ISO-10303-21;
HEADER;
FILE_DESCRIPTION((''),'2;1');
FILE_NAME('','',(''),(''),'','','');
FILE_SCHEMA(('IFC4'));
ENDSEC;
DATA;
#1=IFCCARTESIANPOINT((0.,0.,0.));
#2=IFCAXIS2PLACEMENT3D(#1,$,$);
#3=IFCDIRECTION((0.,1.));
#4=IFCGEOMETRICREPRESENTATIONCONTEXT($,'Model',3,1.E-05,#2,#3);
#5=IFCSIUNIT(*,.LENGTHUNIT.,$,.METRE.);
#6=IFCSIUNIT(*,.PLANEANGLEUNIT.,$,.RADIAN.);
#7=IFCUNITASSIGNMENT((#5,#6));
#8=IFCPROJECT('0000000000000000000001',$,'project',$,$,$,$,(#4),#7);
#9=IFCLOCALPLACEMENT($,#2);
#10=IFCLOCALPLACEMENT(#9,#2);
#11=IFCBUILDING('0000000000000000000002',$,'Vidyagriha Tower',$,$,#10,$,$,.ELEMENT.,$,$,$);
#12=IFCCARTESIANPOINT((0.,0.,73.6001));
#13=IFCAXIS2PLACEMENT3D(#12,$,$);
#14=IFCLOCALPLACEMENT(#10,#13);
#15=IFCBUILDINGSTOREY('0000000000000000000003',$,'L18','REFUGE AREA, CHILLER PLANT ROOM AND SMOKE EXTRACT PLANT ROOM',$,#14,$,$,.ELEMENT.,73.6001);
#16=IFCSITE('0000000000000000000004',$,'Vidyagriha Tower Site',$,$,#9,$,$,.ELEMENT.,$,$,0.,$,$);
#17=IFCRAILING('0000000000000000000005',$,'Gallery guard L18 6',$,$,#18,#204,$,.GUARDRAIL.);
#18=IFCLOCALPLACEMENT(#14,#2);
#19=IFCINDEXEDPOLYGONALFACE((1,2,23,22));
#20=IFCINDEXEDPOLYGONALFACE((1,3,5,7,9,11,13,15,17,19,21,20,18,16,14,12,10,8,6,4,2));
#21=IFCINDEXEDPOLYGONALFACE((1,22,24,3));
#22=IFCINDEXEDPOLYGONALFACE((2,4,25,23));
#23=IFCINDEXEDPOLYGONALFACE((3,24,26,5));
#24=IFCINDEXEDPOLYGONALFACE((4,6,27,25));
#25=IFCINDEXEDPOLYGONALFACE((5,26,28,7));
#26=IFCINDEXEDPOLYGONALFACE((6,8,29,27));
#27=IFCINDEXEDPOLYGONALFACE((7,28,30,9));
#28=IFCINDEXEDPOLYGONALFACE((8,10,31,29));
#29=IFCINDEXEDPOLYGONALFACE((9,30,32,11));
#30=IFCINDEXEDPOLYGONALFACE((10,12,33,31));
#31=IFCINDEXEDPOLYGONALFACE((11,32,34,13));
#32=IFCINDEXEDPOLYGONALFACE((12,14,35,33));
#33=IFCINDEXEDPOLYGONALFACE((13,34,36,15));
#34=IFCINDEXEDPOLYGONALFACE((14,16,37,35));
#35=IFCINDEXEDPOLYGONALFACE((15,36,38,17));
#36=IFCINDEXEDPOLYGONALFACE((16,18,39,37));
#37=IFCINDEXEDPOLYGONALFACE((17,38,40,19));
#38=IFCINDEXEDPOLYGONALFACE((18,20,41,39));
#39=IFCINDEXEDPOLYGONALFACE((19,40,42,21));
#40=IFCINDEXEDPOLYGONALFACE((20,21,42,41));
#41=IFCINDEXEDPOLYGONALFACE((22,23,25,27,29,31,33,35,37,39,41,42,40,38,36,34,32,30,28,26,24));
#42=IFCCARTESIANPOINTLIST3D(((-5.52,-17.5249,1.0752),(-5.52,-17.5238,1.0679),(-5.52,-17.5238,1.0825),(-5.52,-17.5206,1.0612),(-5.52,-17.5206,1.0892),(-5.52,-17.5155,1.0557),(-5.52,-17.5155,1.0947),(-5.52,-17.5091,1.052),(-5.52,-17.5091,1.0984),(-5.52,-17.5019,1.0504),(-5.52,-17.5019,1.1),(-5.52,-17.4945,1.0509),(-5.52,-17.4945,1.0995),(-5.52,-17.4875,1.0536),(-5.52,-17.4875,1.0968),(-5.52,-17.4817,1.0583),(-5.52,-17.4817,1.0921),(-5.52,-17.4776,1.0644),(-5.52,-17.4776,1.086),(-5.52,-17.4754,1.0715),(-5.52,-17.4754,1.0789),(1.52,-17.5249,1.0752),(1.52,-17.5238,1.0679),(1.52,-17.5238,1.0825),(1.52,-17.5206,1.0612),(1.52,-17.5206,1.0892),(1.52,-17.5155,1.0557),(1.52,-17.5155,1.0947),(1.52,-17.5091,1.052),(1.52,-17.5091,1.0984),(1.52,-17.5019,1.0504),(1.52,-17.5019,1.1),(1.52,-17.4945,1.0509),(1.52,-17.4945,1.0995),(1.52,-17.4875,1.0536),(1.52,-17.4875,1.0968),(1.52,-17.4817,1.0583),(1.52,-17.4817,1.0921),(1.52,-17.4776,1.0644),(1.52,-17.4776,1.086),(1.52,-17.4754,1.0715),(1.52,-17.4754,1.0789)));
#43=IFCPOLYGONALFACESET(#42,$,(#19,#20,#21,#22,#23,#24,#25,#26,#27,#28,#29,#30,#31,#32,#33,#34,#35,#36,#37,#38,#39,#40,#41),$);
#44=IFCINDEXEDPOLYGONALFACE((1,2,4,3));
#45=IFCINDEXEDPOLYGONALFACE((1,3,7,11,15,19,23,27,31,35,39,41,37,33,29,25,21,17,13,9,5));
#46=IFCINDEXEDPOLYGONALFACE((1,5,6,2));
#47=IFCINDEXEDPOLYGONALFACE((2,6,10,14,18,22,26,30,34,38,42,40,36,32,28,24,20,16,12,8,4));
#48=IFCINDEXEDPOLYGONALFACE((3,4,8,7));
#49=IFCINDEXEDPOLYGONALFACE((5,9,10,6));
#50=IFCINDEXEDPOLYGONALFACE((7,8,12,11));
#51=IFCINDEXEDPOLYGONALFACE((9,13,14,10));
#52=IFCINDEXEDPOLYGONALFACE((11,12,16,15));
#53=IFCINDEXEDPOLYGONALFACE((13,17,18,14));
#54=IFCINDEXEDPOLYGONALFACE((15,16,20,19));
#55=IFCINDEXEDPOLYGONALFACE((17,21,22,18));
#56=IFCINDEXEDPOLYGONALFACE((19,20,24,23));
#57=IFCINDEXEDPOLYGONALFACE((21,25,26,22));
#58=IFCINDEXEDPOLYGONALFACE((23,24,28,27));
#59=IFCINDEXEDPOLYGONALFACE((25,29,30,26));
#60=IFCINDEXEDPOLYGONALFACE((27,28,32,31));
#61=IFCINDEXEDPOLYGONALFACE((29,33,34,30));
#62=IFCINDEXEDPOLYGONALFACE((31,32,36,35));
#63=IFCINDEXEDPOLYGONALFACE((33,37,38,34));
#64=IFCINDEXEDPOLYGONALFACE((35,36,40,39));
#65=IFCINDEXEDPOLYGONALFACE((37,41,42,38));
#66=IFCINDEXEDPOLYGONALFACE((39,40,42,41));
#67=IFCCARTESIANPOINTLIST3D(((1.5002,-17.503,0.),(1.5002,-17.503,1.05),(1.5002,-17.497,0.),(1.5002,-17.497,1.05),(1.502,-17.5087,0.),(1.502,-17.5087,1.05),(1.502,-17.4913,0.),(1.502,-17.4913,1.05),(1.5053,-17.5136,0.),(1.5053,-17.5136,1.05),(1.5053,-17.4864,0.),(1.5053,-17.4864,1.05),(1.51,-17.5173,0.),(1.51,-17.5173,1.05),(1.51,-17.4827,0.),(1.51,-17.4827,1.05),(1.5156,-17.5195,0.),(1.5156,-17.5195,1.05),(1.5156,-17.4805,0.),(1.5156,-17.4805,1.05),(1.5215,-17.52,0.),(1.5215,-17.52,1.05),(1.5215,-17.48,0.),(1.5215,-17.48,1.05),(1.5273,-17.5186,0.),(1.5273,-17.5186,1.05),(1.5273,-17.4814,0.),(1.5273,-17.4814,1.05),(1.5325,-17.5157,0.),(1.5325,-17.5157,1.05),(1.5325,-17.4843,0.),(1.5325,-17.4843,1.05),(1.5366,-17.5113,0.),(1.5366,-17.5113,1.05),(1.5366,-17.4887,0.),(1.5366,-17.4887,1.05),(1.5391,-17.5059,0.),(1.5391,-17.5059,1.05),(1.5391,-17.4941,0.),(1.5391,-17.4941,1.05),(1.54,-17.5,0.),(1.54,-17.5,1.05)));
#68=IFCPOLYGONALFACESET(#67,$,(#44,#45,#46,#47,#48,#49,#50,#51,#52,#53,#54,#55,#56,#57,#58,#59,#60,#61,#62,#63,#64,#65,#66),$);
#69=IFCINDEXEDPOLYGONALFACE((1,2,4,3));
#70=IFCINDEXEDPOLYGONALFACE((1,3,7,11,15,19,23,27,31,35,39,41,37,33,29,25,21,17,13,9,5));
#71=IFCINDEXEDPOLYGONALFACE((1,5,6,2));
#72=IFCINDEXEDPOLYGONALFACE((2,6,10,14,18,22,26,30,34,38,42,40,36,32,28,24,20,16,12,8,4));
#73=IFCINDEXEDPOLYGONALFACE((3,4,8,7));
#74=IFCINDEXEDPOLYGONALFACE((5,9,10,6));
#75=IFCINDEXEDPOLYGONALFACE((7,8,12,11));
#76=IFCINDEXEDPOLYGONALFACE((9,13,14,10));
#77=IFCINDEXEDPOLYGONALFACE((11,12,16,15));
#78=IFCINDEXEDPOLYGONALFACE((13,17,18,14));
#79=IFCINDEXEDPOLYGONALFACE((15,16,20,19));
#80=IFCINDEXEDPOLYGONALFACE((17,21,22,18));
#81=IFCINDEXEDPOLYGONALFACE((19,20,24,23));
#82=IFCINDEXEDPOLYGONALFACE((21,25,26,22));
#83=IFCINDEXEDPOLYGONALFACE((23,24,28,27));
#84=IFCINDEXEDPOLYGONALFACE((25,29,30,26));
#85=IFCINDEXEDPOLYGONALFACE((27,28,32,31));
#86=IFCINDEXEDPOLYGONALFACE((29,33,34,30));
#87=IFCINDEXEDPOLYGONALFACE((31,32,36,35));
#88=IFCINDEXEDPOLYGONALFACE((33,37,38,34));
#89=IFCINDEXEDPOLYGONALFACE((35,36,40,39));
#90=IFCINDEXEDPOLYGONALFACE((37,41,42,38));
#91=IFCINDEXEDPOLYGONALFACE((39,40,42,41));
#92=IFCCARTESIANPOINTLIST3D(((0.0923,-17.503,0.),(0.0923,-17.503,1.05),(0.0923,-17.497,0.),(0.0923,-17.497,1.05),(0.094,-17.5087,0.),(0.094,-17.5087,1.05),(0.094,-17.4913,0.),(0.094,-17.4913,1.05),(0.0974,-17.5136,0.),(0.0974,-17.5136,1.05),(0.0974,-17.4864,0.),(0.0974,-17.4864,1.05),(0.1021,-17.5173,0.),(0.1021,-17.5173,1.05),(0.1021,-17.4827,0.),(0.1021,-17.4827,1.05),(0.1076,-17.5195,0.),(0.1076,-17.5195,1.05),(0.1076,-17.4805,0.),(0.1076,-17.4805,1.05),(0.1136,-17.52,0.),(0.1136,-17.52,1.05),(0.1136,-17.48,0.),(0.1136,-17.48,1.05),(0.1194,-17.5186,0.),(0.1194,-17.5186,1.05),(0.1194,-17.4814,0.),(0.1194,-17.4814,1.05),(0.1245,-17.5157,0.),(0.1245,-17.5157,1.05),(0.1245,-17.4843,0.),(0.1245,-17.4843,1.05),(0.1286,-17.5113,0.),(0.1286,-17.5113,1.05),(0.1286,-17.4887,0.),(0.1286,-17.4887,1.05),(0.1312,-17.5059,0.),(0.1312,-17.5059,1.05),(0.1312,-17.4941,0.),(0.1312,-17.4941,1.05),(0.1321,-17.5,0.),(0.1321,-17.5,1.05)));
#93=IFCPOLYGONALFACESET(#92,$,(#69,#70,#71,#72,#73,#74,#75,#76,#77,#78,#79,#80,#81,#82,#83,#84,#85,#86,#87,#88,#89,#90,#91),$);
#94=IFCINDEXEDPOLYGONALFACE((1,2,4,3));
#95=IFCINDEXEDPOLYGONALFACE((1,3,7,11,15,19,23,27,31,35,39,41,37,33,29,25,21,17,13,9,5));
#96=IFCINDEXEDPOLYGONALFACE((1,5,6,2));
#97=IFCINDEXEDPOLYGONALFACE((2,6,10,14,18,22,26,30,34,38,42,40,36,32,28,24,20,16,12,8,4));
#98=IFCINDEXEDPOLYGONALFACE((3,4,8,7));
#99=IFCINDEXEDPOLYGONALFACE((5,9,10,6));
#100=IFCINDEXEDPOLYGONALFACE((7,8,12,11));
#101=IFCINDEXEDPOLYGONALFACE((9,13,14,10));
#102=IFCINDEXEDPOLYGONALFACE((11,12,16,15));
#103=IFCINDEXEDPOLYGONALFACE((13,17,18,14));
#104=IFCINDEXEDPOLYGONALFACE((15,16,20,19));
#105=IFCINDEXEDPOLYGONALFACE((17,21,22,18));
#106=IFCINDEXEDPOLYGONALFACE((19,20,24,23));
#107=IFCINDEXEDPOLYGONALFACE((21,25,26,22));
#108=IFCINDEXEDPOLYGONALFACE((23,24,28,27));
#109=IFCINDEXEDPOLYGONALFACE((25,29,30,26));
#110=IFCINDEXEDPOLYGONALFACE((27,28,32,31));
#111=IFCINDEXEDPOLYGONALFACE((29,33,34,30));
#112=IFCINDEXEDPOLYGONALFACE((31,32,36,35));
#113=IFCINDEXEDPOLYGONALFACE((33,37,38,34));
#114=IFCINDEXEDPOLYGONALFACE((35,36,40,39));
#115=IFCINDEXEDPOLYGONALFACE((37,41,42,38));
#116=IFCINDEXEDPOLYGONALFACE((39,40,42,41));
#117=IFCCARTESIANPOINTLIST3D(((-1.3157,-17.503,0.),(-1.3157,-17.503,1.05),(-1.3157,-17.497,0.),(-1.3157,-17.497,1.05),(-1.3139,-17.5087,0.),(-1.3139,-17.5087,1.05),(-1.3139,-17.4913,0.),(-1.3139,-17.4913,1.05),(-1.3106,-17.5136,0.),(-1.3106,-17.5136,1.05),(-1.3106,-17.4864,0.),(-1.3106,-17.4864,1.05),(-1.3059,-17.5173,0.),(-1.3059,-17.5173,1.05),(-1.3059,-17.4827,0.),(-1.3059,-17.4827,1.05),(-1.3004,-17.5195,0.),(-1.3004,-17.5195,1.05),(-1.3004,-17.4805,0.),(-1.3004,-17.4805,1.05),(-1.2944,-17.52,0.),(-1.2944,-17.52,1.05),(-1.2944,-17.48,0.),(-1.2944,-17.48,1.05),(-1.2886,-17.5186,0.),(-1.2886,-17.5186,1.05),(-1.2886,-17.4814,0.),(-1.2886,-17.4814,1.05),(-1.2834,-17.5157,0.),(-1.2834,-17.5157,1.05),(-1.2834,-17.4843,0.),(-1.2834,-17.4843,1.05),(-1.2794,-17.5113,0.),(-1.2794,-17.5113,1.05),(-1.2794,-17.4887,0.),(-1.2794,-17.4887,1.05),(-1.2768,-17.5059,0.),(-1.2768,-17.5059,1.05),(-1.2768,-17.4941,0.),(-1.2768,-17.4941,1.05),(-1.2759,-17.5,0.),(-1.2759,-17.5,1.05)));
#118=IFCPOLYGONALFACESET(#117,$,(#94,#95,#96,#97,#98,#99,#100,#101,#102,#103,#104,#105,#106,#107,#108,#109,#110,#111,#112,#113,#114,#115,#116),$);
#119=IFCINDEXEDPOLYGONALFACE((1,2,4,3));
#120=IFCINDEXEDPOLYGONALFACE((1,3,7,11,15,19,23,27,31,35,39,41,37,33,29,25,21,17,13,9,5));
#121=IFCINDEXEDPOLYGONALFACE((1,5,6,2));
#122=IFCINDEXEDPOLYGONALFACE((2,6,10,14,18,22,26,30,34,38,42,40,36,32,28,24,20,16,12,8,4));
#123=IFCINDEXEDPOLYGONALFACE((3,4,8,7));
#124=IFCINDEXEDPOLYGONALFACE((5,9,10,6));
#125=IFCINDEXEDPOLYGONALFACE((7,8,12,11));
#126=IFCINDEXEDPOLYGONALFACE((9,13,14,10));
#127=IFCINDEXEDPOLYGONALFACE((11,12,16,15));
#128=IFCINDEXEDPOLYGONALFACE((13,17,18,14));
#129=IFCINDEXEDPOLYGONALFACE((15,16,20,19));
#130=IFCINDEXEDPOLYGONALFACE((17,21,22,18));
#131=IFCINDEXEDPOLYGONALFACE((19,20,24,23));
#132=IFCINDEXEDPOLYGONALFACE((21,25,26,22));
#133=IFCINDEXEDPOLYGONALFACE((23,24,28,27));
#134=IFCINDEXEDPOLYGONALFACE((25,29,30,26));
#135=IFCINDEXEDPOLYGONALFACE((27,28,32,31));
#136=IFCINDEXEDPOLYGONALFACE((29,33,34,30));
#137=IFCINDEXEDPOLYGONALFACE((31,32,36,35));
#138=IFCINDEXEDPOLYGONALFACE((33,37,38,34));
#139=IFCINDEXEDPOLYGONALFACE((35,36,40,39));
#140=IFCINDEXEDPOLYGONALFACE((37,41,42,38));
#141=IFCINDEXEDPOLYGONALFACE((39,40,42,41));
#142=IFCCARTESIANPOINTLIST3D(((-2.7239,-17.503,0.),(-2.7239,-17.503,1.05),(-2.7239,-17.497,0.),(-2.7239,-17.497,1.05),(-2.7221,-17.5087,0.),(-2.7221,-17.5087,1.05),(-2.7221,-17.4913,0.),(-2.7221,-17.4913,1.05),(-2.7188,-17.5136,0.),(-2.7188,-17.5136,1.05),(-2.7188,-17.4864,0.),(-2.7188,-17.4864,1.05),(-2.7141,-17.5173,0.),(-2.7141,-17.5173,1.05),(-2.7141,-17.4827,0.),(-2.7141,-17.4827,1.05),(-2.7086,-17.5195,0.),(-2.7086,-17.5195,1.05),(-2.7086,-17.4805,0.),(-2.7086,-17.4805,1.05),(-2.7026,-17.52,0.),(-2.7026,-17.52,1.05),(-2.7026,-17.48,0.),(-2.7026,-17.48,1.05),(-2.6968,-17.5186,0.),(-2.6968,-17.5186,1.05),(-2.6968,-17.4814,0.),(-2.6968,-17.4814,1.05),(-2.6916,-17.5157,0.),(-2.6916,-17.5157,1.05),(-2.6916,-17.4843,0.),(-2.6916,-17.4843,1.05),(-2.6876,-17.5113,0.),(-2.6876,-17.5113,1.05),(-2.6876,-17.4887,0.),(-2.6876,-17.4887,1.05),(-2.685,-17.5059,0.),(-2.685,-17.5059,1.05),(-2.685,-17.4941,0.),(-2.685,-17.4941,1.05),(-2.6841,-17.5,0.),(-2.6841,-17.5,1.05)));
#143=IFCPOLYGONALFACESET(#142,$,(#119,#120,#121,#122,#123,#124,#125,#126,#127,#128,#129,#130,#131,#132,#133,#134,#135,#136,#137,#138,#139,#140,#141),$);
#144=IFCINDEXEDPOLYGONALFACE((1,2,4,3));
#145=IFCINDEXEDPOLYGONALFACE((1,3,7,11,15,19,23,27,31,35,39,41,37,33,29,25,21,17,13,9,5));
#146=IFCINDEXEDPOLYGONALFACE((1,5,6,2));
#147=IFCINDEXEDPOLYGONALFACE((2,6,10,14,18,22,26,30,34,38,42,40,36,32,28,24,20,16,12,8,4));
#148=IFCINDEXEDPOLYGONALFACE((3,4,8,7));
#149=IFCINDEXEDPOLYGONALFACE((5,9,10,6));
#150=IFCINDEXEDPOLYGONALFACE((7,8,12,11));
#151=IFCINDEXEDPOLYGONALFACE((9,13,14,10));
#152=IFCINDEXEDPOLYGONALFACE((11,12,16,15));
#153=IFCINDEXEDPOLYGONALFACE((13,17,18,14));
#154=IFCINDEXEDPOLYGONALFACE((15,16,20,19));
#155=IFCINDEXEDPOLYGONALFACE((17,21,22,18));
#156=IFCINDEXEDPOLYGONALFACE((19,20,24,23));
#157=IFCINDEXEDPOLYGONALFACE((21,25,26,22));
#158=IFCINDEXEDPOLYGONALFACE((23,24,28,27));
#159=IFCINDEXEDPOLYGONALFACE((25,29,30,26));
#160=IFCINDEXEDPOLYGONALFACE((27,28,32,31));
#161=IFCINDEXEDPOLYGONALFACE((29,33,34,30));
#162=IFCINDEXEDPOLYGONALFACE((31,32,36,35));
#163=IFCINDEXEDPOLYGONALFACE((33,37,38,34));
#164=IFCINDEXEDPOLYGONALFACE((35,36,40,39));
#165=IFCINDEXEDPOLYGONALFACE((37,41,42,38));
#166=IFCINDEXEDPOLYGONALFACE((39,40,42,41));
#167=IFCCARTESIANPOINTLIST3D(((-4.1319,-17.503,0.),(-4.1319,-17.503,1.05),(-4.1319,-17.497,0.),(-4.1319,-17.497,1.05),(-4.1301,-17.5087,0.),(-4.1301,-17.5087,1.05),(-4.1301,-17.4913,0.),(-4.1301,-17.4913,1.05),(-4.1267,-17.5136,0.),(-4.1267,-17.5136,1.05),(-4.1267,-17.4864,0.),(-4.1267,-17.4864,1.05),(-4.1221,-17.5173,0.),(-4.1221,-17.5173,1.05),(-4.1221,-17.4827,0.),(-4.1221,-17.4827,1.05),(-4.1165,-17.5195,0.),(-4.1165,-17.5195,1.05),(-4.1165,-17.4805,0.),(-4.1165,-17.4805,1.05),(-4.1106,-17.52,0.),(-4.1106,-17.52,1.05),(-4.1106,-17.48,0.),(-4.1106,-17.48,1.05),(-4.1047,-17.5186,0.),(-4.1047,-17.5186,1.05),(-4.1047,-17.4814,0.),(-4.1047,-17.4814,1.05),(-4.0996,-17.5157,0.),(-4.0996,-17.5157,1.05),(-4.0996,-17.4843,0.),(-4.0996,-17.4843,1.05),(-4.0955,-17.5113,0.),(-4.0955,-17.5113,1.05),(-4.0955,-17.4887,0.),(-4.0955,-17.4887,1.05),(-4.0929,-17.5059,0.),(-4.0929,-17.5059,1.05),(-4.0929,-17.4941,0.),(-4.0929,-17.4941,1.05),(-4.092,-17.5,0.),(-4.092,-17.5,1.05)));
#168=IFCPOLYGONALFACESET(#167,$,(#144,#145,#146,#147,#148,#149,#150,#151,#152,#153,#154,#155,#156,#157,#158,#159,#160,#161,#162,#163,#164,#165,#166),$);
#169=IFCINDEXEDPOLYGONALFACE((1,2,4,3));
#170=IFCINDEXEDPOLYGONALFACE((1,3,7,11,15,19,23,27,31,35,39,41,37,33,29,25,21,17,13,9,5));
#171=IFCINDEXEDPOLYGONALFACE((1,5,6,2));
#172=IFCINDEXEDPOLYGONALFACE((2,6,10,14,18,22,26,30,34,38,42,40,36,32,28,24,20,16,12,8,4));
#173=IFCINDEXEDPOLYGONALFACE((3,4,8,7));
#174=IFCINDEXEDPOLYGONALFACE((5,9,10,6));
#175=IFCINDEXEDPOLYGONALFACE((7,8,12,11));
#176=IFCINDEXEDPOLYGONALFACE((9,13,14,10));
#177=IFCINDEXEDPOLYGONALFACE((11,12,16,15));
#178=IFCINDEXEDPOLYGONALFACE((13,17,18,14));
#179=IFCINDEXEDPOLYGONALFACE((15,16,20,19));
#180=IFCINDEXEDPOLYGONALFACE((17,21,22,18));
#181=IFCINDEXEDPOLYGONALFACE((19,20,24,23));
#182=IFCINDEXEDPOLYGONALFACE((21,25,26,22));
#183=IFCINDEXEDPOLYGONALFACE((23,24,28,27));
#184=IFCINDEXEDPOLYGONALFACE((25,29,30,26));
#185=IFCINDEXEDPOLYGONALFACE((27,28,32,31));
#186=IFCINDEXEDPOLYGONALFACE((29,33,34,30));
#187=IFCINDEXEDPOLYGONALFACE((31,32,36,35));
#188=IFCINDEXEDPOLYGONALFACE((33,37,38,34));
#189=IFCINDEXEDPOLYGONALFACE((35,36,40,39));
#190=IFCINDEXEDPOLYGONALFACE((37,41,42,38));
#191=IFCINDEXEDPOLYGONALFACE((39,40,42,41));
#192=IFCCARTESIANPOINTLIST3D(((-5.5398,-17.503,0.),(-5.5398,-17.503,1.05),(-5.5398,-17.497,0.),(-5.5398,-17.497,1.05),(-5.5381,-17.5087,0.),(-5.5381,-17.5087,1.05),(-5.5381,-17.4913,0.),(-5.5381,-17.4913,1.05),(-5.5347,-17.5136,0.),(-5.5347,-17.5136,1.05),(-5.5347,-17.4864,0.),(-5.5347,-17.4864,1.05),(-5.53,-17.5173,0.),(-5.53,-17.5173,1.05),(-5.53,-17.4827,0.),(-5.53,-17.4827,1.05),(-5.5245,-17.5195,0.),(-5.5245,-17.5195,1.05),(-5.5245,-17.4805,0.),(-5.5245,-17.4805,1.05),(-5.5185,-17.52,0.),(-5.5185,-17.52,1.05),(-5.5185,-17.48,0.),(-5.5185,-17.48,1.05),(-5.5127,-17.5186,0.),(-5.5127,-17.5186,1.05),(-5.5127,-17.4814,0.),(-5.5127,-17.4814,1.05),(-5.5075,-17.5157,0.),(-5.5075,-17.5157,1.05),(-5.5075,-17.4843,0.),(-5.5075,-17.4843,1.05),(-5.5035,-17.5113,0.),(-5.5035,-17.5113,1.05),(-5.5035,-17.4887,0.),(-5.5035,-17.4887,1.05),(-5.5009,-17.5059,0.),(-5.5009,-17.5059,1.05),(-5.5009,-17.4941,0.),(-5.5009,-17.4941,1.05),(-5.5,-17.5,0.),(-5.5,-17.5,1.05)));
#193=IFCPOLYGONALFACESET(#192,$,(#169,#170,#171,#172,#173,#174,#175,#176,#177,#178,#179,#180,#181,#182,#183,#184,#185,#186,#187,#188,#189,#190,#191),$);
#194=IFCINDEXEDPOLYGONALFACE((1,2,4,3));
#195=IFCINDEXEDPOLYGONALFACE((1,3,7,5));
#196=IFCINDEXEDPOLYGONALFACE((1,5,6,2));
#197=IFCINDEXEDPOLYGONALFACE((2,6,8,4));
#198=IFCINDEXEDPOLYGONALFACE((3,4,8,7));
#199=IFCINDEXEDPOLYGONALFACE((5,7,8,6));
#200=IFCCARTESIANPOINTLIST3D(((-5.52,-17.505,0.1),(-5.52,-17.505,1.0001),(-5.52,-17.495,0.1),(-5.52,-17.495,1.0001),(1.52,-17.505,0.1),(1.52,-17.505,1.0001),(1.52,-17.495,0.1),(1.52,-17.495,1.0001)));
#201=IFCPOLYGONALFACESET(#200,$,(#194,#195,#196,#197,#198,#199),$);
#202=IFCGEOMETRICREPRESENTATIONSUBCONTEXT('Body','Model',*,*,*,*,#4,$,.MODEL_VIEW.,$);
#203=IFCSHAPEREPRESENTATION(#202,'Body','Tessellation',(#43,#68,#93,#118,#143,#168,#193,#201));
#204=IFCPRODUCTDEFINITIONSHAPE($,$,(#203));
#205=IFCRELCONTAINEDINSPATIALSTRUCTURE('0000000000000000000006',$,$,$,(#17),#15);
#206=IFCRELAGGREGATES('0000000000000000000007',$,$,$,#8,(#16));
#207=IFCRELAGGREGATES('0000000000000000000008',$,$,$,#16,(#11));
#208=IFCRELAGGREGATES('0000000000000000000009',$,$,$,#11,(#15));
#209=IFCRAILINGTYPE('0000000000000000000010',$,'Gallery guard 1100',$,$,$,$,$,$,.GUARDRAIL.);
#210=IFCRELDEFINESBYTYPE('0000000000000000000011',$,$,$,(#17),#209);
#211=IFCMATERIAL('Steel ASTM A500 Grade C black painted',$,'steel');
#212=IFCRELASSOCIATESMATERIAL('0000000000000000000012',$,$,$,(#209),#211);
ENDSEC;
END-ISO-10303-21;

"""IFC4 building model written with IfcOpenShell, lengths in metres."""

from ifc_helpers import new_model, si_unit, direction, frame, origin, origin_2d, place, context, subcontext, project, spatial, rectangle, circle, extrude, material, type_object, element, save


model = new_model("IFC4")

# Units and contexts
model_context = context("Model", 3, precision=1e-05, world=origin(), true_north=direction((0.0, 1.0)))
body_context = subcontext(model_context, "Body", "Model", "MODEL_VIEW")
ifc_project = project(units=[si_unit("LENGTHUNIT", "METRE"), si_unit("PLANEANGLEUNIT", "RADIAN")], contexts=[model_context])

# Site, building, storey
site_placement = place(None, origin())
site = spatial("IfcSite", under=ifc_project, at=site_placement, Name="Vidyagriha Tower Site", CompositionType="ELEMENT", RefElevation=0.0)
building_placement = place(site_placement, origin())
building = spatial("IfcBuilding", under=site, at=building_placement, Name="Vidyagriha Tower", CompositionType="ELEMENT")
storey_placement = place(building_placement, frame((0.0, 0.0, 73.6001)))
storey = spatial("IfcBuildingStorey", under=building, at=storey_placement, Name="L18", Description="REFUGE AREA, CHILLER PLANT ROOM AND SMOKE EXTRACT PLANT ROOM", CompositionType="ELEMENT", Elevation=73.6001)

# Railing
ifc_material_1 = material(Name="Steel ASTM A500 Grade C black painted", Category="steel")
railing_type = type_object("IfcRailingType", Name="Gallery guard 1100", PredefinedType="GUARDRAIL", material=ifc_material_1)
for number, where, name in (
    (1, (1.52, -17.5, 0.0), "Gallery guard L18 6"),
):
    element("IfcRailing", number, at=place(storey_placement, frame(where)), inside=storey, type_object=railing_type, Name=name, PredefinedType="GUARDRAIL", context=body_context, shape_type="SweptSolid", body=[
        extrude(circle(Radius=0.0249, at=origin_2d()), frame((0.0, 0.0, 1.0752), z_axis=(-1.0, 0.0, 0.0), x_axis=(0.0, -1.0, 0.0)), (0.0, 0.0, 1.0), 7.04),
        extrude(circle(Radius=0.02, at=origin_2d()), origin(), (0.0, 0.0, 1.0), 1.05),
        extrude(circle(Radius=0.02, at=origin_2d()), frame((-1.408, 0.0, 0.0)), (0.0, 0.0, 1.0), 1.05),
        extrude(circle(Radius=0.02, at=origin_2d()), frame((-2.8159, 0.0, 0.0)), (0.0, 0.0, 1.0), 1.05),
        extrude(circle(Radius=0.02, at=origin_2d()), frame((-4.2241, 0.0, 0.0)), (0.0, 0.0, 1.0), 1.05),
        extrude(circle(Radius=0.02, at=origin_2d()), frame((-5.6321, 0.0, 0.0)), (0.0, 0.0, 1.0), 1.05),
        extrude(circle(Radius=0.02, at=origin_2d()), frame((-7.04, 0.0, 0.0)), (0.0, 0.0, 1.0), 1.05),
        extrude(rectangle(XDim=0.01, YDim=0.9001, at=origin_2d()), frame((0.0, 0.0, 0.55), z_axis=(-1.0, 0.0, 0.0), x_axis=(0.0, -1.0, 0.0)), (0.0, 0.0, 1.0), 7.04),
    ])

save(model, "model.ifc")
